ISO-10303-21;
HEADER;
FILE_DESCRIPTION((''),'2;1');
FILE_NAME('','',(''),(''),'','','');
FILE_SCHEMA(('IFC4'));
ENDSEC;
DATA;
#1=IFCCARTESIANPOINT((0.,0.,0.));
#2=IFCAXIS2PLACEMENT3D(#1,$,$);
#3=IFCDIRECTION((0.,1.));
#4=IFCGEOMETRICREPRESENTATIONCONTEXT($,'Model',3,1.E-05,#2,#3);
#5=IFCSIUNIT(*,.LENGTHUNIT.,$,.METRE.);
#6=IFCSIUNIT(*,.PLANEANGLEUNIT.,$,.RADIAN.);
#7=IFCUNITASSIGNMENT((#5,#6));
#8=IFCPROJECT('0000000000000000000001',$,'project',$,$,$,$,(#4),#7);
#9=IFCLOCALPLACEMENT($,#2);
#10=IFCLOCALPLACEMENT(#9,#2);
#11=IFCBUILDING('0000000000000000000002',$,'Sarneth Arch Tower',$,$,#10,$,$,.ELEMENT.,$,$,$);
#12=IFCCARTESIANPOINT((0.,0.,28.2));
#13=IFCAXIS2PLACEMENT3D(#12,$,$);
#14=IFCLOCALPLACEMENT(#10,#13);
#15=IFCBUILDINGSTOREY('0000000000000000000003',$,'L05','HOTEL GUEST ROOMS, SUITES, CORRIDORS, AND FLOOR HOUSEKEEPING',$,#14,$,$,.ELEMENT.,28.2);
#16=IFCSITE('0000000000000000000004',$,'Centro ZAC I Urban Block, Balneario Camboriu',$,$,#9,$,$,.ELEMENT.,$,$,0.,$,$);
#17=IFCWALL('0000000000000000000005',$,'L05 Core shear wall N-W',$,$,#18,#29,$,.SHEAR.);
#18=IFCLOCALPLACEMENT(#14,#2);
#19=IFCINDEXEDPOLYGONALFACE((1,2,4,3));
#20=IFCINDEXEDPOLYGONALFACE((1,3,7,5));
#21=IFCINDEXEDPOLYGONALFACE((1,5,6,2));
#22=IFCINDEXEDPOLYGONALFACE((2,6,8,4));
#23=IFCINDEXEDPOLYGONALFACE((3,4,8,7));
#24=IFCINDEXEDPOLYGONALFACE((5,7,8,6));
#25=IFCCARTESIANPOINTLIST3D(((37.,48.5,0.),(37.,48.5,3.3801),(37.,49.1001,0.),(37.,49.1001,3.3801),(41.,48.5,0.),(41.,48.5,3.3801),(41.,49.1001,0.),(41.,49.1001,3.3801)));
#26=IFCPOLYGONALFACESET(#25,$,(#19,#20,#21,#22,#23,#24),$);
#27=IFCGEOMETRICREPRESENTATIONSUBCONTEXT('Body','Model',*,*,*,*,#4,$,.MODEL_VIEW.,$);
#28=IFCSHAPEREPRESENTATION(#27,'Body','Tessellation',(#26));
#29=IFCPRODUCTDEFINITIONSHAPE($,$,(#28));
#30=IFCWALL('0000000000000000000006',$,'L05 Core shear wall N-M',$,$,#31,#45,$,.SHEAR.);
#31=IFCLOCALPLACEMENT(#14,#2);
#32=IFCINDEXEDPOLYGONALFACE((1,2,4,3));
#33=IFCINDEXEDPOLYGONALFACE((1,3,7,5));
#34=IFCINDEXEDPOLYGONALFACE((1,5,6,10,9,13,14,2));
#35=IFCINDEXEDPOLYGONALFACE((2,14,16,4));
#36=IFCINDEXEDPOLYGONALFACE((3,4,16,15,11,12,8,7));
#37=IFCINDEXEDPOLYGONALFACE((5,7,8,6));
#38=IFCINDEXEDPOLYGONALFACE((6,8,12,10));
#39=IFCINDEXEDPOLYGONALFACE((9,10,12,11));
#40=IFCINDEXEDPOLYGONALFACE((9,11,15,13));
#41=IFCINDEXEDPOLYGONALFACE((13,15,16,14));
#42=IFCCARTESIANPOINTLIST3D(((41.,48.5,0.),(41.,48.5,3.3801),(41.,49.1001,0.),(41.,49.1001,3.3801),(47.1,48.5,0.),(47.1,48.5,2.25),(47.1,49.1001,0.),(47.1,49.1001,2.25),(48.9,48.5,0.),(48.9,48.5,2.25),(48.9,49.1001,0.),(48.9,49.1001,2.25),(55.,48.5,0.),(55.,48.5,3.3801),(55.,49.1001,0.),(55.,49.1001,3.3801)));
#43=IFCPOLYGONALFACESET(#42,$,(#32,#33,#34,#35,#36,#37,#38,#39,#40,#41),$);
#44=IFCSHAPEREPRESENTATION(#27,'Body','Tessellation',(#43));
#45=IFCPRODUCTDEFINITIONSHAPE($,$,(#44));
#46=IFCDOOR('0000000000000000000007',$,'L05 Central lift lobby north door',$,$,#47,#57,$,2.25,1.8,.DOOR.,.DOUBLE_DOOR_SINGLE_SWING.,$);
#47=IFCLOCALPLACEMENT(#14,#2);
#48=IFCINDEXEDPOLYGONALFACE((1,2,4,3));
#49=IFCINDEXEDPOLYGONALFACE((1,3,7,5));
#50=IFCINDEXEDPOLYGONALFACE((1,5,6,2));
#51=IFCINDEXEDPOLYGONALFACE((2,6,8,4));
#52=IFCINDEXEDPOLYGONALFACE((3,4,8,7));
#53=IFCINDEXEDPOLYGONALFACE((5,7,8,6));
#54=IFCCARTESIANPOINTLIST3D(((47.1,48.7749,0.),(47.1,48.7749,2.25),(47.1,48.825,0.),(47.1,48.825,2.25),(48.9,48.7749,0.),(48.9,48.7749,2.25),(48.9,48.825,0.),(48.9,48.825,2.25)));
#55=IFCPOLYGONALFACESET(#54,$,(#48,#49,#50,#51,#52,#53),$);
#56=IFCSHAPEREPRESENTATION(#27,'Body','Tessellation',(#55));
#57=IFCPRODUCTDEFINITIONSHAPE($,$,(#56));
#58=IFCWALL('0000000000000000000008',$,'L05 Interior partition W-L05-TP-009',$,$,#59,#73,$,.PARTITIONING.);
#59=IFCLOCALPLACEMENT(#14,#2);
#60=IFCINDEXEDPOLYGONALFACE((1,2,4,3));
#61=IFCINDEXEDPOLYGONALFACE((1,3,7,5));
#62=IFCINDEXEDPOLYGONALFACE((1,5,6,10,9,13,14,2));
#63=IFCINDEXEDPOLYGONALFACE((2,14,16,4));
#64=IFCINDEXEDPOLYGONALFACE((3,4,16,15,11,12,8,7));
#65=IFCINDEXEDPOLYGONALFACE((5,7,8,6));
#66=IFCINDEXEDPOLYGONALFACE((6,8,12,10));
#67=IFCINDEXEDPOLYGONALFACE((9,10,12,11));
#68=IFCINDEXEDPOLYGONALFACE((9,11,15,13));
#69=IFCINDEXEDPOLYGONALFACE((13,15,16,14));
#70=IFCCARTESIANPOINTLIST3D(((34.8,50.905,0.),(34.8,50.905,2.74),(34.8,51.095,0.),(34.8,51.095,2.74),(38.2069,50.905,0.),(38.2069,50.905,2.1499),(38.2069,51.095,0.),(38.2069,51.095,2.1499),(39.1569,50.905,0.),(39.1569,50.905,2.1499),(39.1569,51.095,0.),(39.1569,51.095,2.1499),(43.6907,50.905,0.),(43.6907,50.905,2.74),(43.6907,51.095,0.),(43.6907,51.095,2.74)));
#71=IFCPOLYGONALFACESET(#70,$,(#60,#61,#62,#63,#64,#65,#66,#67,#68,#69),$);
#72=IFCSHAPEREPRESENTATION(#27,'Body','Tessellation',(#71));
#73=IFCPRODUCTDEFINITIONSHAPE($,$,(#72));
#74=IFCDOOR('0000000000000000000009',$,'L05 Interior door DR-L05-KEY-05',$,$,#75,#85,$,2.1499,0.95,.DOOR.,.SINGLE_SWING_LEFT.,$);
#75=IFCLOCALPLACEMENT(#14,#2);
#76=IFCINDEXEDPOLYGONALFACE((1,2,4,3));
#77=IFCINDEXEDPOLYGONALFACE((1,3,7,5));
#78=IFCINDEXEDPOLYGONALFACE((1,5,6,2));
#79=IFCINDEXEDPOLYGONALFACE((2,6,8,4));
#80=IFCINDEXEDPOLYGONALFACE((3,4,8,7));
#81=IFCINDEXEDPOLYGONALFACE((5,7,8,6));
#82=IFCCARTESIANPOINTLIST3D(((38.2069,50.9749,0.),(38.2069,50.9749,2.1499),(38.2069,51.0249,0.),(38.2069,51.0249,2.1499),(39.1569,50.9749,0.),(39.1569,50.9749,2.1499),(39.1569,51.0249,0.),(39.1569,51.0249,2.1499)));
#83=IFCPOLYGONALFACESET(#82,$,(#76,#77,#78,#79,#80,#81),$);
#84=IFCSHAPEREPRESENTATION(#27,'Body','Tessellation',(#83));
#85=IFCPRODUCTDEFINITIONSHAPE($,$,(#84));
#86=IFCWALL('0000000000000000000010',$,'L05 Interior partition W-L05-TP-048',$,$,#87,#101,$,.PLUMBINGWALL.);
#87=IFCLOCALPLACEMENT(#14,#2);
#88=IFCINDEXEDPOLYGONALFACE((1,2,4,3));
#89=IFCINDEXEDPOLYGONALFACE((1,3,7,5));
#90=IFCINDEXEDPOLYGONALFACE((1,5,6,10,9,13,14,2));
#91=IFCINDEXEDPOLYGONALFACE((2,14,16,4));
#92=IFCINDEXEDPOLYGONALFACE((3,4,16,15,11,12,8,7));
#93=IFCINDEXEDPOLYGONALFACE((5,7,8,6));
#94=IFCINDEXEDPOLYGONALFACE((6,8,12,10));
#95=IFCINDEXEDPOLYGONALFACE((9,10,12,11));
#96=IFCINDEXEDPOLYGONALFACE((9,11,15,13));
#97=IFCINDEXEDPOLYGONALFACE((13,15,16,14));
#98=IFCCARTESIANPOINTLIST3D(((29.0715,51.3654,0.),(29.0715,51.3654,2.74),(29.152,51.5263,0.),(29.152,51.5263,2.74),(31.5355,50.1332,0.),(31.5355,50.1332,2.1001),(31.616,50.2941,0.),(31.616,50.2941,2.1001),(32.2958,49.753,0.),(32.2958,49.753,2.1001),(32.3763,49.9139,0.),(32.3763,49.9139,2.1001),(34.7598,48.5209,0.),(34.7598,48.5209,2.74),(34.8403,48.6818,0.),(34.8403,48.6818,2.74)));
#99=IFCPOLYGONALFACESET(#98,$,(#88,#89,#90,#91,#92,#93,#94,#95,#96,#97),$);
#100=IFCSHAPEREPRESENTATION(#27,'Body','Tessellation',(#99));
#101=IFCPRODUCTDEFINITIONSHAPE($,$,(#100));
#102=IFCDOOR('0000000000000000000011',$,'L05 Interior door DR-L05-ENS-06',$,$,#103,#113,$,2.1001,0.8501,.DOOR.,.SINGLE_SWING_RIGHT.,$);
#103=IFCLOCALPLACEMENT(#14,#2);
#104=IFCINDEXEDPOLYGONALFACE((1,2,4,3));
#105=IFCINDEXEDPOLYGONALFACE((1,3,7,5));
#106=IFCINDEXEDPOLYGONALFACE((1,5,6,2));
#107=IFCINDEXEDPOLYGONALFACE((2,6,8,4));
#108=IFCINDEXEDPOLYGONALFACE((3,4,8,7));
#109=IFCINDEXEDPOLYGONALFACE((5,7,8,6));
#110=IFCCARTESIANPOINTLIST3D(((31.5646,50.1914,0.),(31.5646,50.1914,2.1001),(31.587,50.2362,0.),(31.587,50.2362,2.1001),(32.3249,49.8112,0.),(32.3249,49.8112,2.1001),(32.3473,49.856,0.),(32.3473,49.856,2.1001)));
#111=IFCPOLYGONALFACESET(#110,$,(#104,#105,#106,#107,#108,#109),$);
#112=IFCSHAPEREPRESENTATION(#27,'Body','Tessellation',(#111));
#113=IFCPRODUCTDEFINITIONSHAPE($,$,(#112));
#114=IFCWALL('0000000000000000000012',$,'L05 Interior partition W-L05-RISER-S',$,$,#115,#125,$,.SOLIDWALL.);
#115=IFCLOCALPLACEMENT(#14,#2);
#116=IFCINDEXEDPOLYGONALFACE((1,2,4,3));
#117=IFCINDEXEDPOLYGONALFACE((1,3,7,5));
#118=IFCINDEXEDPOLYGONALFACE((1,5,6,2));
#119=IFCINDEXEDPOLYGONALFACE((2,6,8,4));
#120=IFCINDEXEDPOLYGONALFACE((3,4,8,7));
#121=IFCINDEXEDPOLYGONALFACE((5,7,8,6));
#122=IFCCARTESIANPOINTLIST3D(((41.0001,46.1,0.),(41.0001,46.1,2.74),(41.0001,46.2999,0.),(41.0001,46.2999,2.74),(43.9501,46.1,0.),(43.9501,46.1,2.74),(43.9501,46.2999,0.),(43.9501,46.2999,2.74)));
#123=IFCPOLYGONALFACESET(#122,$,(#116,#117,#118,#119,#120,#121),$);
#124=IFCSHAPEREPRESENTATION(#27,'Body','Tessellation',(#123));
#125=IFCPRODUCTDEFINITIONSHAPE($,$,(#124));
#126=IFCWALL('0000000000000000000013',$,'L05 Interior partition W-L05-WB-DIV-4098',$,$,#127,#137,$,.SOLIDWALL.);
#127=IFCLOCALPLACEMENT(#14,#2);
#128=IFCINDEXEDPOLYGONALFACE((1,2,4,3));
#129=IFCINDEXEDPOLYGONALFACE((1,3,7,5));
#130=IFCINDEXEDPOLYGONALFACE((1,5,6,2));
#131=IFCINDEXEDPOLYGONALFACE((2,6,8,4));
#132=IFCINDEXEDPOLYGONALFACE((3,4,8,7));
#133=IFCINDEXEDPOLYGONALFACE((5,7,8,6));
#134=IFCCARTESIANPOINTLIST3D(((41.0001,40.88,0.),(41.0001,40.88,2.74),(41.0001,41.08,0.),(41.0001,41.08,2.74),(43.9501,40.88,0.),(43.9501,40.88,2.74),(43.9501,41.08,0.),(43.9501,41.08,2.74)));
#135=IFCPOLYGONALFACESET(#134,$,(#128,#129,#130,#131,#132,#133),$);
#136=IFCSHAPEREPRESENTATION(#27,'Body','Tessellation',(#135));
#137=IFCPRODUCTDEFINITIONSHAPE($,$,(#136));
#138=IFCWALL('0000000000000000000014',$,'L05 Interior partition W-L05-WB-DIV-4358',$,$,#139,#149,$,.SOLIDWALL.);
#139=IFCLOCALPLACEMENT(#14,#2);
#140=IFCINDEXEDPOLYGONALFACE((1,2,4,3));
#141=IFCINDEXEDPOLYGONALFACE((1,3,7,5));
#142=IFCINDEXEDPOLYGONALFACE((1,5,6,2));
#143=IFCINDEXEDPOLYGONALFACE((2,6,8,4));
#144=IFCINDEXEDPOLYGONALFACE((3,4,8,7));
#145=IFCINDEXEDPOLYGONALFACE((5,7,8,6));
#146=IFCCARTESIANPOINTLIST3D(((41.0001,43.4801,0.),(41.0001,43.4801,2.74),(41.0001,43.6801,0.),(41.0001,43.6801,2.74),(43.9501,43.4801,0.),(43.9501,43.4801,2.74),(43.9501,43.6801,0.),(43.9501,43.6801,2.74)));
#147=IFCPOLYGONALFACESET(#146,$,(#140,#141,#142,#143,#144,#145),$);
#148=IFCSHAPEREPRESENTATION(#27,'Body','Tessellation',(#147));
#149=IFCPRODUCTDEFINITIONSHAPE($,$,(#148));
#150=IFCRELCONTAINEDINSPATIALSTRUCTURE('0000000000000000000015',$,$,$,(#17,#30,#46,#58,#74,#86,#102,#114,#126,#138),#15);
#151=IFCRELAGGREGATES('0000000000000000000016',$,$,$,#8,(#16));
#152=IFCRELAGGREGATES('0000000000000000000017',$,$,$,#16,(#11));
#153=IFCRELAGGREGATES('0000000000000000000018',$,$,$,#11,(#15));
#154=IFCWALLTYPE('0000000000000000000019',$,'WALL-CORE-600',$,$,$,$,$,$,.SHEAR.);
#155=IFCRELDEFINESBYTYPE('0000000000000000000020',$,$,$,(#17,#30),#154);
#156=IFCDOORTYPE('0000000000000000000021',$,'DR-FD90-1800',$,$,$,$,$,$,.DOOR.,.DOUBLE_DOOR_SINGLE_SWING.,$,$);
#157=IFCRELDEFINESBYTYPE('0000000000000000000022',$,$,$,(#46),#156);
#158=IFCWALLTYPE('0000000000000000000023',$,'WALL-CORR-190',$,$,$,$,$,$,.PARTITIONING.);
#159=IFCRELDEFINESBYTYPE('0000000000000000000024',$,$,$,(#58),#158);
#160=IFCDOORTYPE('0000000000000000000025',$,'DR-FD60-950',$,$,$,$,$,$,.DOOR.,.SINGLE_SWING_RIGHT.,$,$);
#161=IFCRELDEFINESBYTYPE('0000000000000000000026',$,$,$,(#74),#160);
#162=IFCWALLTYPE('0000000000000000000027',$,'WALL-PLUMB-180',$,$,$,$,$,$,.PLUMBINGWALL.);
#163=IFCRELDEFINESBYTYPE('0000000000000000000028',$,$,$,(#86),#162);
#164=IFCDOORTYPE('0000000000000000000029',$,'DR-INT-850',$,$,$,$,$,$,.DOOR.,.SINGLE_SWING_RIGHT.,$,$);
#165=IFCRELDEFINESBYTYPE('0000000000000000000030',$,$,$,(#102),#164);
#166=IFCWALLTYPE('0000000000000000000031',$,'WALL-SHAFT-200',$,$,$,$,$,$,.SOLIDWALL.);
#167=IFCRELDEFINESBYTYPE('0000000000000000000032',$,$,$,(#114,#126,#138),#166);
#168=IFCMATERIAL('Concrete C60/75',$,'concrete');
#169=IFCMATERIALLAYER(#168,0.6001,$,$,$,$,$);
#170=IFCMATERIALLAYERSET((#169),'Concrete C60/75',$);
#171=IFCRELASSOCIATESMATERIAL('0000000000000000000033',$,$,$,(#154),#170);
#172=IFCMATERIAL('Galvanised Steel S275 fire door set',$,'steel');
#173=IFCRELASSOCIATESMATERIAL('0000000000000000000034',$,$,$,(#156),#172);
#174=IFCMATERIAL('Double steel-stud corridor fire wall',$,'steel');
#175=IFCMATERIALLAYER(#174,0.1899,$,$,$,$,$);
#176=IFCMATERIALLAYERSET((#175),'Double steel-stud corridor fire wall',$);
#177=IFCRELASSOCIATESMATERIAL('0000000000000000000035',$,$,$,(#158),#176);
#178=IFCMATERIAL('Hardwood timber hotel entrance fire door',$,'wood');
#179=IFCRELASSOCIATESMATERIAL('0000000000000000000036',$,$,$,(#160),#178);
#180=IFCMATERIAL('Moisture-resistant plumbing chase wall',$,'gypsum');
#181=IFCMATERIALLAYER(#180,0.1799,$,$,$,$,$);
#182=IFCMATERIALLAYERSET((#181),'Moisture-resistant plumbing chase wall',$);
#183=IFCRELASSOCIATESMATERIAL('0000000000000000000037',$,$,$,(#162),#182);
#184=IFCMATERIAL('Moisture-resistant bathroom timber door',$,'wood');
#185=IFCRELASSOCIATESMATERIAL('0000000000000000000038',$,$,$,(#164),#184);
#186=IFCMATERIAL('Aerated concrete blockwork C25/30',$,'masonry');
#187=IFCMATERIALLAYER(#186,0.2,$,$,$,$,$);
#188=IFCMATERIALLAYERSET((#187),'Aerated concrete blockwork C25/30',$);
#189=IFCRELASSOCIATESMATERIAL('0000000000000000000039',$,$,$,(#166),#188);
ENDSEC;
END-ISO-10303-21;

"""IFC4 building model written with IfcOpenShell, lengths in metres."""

from ifc_helpers import new_model, si_unit, direction, frame, frame_2d, origin, place, context, subcontext, project, spatial, rectangle, extrude, material, layer, layer_set, type_object, element, fill, save


model = new_model("IFC4")

# Units and contexts
model_context = context("Model", 3, precision=1e-05, world=origin(), true_north=direction((0.0, 1.0)))
body_context = subcontext(model_context, "Body", "Model", "MODEL_VIEW")
ifc_project = project(units=[si_unit("LENGTHUNIT", "METRE"), si_unit("PLANEANGLEUNIT", "RADIAN")], contexts=[model_context])

# Site, building, storey
site_placement = place(None, origin())
site = spatial("IfcSite", under=ifc_project, at=site_placement, Name="Centro ZAC I Urban Block, Balneario Camboriu", CompositionType="ELEMENT", RefElevation=0.0)
building_placement = place(site_placement, origin())
building = spatial("IfcBuilding", under=site, at=building_placement, Name="Sarneth Arch Tower", CompositionType="ELEMENT")
storey_placement = place(building_placement, frame((0.0, 0.0, 28.2)))
storey = spatial("IfcBuildingStorey", under=building, at=storey_placement, Name="L05", Description="HOTEL GUEST ROOMS, SUITES, CORRIDORS, AND FLOOR HOUSEKEEPING", CompositionType="ELEMENT", Elevation=28.2)

# Wall
ifc_material_1 = material(Name="Concrete C60/75", Category="concrete")
ifc_layer_1 = layer(ifc_material_1, 0.6001)
ifc_layer_set_1 = layer_set([ifc_layer_1], Name="Concrete C60/75")
wall_type_1 = type_object("IfcWallType", Name="WALL-CORE-600", PredefinedType="SHEAR", material=ifc_layer_set_1)
wall_1_placement = place(storey_placement, frame((37.0, 48.8, 0.0), z_axis=(0.0, 0.0, 1.0), x_axis=(1.0, 0.0, 0.0)))
element("IfcWall", 1, at=wall_1_placement, inside=storey, type_object=wall_type_1, Name="L05 Core shear wall N-W", PredefinedType="SHEAR", context=body_context, shape_type="SweptSolid", body=[
    extrude(rectangle(XDim=4.0, YDim=0.6001, at=frame_2d((2.0, 0.0))), origin(), (0.0, 0.0, 1.0), 3.3801),
])

# Walls, openings, doors
wall_2_placement = place(storey_placement, frame((41.0, 48.8, 0.0), z_axis=(0.0, 0.0, 1.0), x_axis=(1.0, 0.0, 0.0)))
wall_2 = element("IfcWall", 2, at=wall_2_placement, inside=storey, type_object=wall_type_1, Name="L05 Core shear wall N-M", PredefinedType="SHEAR", context=body_context, shape_type="SweptSolid", body=[
    extrude(rectangle(XDim=14.0, YDim=0.6001, at=frame_2d((7.0, 0.0))), origin(), (0.0, 0.0, 1.0), 3.3801),
])
opening_1_placement = place(wall_2_placement, frame((6.1001, 0.0, 0.0)))
opening_1 = element("IfcOpeningElement", 3, at=opening_1_placement, cuts=wall_2, PredefinedType="OPENING", context=body_context, shape_type="SweptSolid", body=[
    extrude(rectangle(XDim=1.8, YDim=2.25, at=frame_2d((0.8999, 1.125))), frame((0.0, 0.3101, 0.0), z_axis=(0.0, -1.0, 0.0), x_axis=(1.0, 0.0, 0.0)), (0.0, 0.0, 1.0), 0.6201),
])
ifc_material_2 = material(Name="Galvanised Steel S275 fire door set", Category="steel")
door_type_1 = type_object("IfcDoorType", Name="DR-FD90-1800", OperationType="DOUBLE_DOOR_SINGLE_SWING", PredefinedType="DOOR", material=ifc_material_2)
door_1_placement = place(opening_1_placement, origin())
door_1 = element("IfcDoor", 4, at=door_1_placement, inside=storey, type_object=door_type_1, Name="L05 Central lift lobby north door", OperationType="DOUBLE_DOOR_SINGLE_SWING", OverallHeight=2.25, OverallWidth=1.8, PredefinedType="DOOR", context=body_context, shape_type="SweptSolid", body=[
    extrude(rectangle(XDim=1.8, YDim=2.25, at=frame_2d((0.8999, 1.125))), frame((0.0, 0.0249, 0.0), z_axis=(0.0, -1.0, 0.0), x_axis=(1.0, 0.0, 0.0)), (0.0, 0.0, 1.0), 0.05),
])
fill(opening_1, door_1)
ifc_material_3 = material(Name="Double steel-stud corridor fire wall", Category="steel")
ifc_layer_2 = layer(ifc_material_3, 0.1899)
ifc_layer_set_2 = layer_set([ifc_layer_2], Name="Double steel-stud corridor fire wall")
wall_type_2 = type_object("IfcWallType", Name="WALL-CORR-190", PredefinedType="PARTITIONING", material=ifc_layer_set_2)
wall_3_placement = place(storey_placement, frame((34.8, 51.0, 0.0), z_axis=(0.0, 0.0, 1.0), x_axis=(1.0, 0.0, 0.0)))
wall_3 = element("IfcWall", 5, at=wall_3_placement, inside=storey, type_object=wall_type_2, Name="L05 Interior partition W-L05-TP-009", PredefinedType="PARTITIONING", context=body_context, shape_type="SweptSolid", body=[
    extrude(rectangle(XDim=8.8906, YDim=0.1899, at=frame_2d((4.4453, 0.0))), origin(), (0.0, 0.0, 1.0), 2.74),
])
opening_2_placement = place(wall_3_placement, frame((3.4067, 0.0, 0.0)))
opening_2 = element("IfcOpeningElement", 6, at=opening_2_placement, cuts=wall_3, PredefinedType="OPENING", context=body_context, shape_type="SweptSolid", body=[
    extrude(rectangle(XDim=0.95, YDim=2.1499, at=frame_2d((0.4751, 1.075))), frame((0.0, 0.105, 0.0), z_axis=(0.0, -1.0, 0.0), x_axis=(1.0, 0.0, 0.0)), (0.0, 0.0, 1.0), 0.21),
])
ifc_material_4 = material(Name="Hardwood timber hotel entrance fire door", Category="wood")
door_type_2 = type_object("IfcDoorType", Name="DR-FD60-950", OperationType="SINGLE_SWING_RIGHT", PredefinedType="DOOR", material=ifc_material_4)
door_2_placement = place(opening_2_placement, origin())
door_2 = element("IfcDoor", 7, at=door_2_placement, inside=storey, type_object=door_type_2, Name="L05 Interior door DR-L05-KEY-05", OperationType="SINGLE_SWING_LEFT", OverallHeight=2.1499, OverallWidth=0.95, PredefinedType="DOOR", context=body_context, shape_type="SweptSolid", body=[
    extrude(rectangle(XDim=0.95, YDim=2.1499, at=frame_2d((0.4751, 1.075))), frame((0.0, 0.0249, 0.0), z_axis=(0.0, -1.0, 0.0), x_axis=(1.0, 0.0, 0.0)), (0.0, 0.0, 1.0), 0.05),
])
fill(opening_2, door_2)
ifc_material_5 = material(Name="Moisture-resistant plumbing chase wall", Category="gypsum")
ifc_layer_3 = layer(ifc_material_5, 0.1799)
ifc_layer_set_3 = layer_set([ifc_layer_3], Name="Moisture-resistant plumbing chase wall")
wall_type_3 = type_object("IfcWallType", Name="WALL-PLUMB-180", PredefinedType="PLUMBINGWALL", material=ifc_layer_set_3)
wall_4_placement = place(storey_placement, frame((34.8, 48.6013, 0.0), z_axis=(0.0, 0.0, 1.0), x_axis=(-0.894404, 0.44726, 0.0)))
wall_4 = element("IfcWall", 8, at=wall_4_placement, inside=storey, type_object=wall_type_3, Name="L05 Interior partition W-L05-TP-048", PredefinedType="PLUMBINGWALL", context=body_context, shape_type="SweptSolid", body=[
    extrude(rectangle(XDim=6.3599, YDim=0.1799, at=frame_2d((3.1799, 0.0))), origin(), (0.0, 0.0, 1.0), 2.74),
])
opening_3_placement = place(wall_4_placement, frame((2.7549, 0.0, 0.0)))
opening_3 = element("IfcOpeningElement", 9, at=opening_3_placement, cuts=wall_4, PredefinedType="OPENING", context=body_context, shape_type="SweptSolid", body=[
    extrude(rectangle(XDim=0.8501, YDim=2.1001, at=frame_2d((0.425, 1.05))), frame((0.0, 0.0999, 0.0), z_axis=(0.0, -1.0, 0.0), x_axis=(1.0, 0.0, 0.0)), (0.0, 0.0, 1.0), 0.2),
])
ifc_material_6 = material(Name="Moisture-resistant bathroom timber door", Category="wood")
door_type_3 = type_object("IfcDoorType", Name="DR-INT-850", OperationType="SINGLE_SWING_RIGHT", PredefinedType="DOOR", material=ifc_material_6)
door_3_placement = place(opening_3_placement, origin())
door_3 = element("IfcDoor", 10, at=door_3_placement, inside=storey, type_object=door_type_3, Name="L05 Interior door DR-L05-ENS-06", OperationType="SINGLE_SWING_RIGHT", OverallHeight=2.1001, OverallWidth=0.8501, PredefinedType="DOOR", context=body_context, shape_type="SweptSolid", body=[
    extrude(rectangle(XDim=0.8501, YDim=2.1001, at=frame_2d((0.425, 1.05))), frame((0.0, 0.0249, 0.0), z_axis=(0.0, -1.0, 0.0), x_axis=(1.0, 0.0, 0.0)), (0.0, 0.0, 1.0), 0.05),
])
fill(opening_3, door_3)

# Wall
ifc_material_7 = material(Name="Aerated concrete blockwork C25/30", Category="masonry")
ifc_layer_4 = layer(ifc_material_7, 0.2)
ifc_layer_set_4 = layer_set([ifc_layer_4], Name="Aerated concrete blockwork C25/30")
wall_type_4 = type_object("IfcWallType", Name="WALL-SHAFT-200", PredefinedType="SOLIDWALL", material=ifc_layer_set_4)
wall_5_placement = place(storey_placement, frame((41.0, 46.2, 0.0), z_axis=(0.0, 0.0, 1.0), x_axis=(1.0, 0.0, 0.0)))
element("IfcWall", 11, at=wall_5_placement, inside=storey, type_object=wall_type_4, Name="L05 Interior partition W-L05-RISER-S", PredefinedType="SOLIDWALL", context=body_context, shape_type="SweptSolid", body=[
    extrude(rectangle(XDim=2.95, YDim=0.2, at=frame_2d((1.4751, 0.0))), origin(), (0.0, 0.0, 1.0), 2.74),
])

# Walls
for number, where, z_axis, x_axis, name in (
    (12, (41.0, 40.98, 0.0), (0.0, 0.0, 1.0), (1.0, 0.0, 0.0), "L05 Interior partition W-L05-WB-DIV-4098"),
    (13, (41.0, 43.5801, 0.0), (0.0, 0.0, 1.0), (1.0, 0.0, 0.0), "L05 Interior partition W-L05-WB-DIV-4358"),
):
    element("IfcWall", number, at=place(storey_placement, frame(where, z_axis=z_axis, x_axis=x_axis)), inside=storey, type_object=wall_type_4, Name=name, PredefinedType="SOLIDWALL", context=body_context, shape_type="SweptSolid", body=[
        extrude(rectangle(XDim=2.95, YDim=0.2, at=frame_2d((1.4751, 0.0))), origin(), (0.0, 0.0, 1.0), 2.74),
    ])

save(model, "model.ifc")
